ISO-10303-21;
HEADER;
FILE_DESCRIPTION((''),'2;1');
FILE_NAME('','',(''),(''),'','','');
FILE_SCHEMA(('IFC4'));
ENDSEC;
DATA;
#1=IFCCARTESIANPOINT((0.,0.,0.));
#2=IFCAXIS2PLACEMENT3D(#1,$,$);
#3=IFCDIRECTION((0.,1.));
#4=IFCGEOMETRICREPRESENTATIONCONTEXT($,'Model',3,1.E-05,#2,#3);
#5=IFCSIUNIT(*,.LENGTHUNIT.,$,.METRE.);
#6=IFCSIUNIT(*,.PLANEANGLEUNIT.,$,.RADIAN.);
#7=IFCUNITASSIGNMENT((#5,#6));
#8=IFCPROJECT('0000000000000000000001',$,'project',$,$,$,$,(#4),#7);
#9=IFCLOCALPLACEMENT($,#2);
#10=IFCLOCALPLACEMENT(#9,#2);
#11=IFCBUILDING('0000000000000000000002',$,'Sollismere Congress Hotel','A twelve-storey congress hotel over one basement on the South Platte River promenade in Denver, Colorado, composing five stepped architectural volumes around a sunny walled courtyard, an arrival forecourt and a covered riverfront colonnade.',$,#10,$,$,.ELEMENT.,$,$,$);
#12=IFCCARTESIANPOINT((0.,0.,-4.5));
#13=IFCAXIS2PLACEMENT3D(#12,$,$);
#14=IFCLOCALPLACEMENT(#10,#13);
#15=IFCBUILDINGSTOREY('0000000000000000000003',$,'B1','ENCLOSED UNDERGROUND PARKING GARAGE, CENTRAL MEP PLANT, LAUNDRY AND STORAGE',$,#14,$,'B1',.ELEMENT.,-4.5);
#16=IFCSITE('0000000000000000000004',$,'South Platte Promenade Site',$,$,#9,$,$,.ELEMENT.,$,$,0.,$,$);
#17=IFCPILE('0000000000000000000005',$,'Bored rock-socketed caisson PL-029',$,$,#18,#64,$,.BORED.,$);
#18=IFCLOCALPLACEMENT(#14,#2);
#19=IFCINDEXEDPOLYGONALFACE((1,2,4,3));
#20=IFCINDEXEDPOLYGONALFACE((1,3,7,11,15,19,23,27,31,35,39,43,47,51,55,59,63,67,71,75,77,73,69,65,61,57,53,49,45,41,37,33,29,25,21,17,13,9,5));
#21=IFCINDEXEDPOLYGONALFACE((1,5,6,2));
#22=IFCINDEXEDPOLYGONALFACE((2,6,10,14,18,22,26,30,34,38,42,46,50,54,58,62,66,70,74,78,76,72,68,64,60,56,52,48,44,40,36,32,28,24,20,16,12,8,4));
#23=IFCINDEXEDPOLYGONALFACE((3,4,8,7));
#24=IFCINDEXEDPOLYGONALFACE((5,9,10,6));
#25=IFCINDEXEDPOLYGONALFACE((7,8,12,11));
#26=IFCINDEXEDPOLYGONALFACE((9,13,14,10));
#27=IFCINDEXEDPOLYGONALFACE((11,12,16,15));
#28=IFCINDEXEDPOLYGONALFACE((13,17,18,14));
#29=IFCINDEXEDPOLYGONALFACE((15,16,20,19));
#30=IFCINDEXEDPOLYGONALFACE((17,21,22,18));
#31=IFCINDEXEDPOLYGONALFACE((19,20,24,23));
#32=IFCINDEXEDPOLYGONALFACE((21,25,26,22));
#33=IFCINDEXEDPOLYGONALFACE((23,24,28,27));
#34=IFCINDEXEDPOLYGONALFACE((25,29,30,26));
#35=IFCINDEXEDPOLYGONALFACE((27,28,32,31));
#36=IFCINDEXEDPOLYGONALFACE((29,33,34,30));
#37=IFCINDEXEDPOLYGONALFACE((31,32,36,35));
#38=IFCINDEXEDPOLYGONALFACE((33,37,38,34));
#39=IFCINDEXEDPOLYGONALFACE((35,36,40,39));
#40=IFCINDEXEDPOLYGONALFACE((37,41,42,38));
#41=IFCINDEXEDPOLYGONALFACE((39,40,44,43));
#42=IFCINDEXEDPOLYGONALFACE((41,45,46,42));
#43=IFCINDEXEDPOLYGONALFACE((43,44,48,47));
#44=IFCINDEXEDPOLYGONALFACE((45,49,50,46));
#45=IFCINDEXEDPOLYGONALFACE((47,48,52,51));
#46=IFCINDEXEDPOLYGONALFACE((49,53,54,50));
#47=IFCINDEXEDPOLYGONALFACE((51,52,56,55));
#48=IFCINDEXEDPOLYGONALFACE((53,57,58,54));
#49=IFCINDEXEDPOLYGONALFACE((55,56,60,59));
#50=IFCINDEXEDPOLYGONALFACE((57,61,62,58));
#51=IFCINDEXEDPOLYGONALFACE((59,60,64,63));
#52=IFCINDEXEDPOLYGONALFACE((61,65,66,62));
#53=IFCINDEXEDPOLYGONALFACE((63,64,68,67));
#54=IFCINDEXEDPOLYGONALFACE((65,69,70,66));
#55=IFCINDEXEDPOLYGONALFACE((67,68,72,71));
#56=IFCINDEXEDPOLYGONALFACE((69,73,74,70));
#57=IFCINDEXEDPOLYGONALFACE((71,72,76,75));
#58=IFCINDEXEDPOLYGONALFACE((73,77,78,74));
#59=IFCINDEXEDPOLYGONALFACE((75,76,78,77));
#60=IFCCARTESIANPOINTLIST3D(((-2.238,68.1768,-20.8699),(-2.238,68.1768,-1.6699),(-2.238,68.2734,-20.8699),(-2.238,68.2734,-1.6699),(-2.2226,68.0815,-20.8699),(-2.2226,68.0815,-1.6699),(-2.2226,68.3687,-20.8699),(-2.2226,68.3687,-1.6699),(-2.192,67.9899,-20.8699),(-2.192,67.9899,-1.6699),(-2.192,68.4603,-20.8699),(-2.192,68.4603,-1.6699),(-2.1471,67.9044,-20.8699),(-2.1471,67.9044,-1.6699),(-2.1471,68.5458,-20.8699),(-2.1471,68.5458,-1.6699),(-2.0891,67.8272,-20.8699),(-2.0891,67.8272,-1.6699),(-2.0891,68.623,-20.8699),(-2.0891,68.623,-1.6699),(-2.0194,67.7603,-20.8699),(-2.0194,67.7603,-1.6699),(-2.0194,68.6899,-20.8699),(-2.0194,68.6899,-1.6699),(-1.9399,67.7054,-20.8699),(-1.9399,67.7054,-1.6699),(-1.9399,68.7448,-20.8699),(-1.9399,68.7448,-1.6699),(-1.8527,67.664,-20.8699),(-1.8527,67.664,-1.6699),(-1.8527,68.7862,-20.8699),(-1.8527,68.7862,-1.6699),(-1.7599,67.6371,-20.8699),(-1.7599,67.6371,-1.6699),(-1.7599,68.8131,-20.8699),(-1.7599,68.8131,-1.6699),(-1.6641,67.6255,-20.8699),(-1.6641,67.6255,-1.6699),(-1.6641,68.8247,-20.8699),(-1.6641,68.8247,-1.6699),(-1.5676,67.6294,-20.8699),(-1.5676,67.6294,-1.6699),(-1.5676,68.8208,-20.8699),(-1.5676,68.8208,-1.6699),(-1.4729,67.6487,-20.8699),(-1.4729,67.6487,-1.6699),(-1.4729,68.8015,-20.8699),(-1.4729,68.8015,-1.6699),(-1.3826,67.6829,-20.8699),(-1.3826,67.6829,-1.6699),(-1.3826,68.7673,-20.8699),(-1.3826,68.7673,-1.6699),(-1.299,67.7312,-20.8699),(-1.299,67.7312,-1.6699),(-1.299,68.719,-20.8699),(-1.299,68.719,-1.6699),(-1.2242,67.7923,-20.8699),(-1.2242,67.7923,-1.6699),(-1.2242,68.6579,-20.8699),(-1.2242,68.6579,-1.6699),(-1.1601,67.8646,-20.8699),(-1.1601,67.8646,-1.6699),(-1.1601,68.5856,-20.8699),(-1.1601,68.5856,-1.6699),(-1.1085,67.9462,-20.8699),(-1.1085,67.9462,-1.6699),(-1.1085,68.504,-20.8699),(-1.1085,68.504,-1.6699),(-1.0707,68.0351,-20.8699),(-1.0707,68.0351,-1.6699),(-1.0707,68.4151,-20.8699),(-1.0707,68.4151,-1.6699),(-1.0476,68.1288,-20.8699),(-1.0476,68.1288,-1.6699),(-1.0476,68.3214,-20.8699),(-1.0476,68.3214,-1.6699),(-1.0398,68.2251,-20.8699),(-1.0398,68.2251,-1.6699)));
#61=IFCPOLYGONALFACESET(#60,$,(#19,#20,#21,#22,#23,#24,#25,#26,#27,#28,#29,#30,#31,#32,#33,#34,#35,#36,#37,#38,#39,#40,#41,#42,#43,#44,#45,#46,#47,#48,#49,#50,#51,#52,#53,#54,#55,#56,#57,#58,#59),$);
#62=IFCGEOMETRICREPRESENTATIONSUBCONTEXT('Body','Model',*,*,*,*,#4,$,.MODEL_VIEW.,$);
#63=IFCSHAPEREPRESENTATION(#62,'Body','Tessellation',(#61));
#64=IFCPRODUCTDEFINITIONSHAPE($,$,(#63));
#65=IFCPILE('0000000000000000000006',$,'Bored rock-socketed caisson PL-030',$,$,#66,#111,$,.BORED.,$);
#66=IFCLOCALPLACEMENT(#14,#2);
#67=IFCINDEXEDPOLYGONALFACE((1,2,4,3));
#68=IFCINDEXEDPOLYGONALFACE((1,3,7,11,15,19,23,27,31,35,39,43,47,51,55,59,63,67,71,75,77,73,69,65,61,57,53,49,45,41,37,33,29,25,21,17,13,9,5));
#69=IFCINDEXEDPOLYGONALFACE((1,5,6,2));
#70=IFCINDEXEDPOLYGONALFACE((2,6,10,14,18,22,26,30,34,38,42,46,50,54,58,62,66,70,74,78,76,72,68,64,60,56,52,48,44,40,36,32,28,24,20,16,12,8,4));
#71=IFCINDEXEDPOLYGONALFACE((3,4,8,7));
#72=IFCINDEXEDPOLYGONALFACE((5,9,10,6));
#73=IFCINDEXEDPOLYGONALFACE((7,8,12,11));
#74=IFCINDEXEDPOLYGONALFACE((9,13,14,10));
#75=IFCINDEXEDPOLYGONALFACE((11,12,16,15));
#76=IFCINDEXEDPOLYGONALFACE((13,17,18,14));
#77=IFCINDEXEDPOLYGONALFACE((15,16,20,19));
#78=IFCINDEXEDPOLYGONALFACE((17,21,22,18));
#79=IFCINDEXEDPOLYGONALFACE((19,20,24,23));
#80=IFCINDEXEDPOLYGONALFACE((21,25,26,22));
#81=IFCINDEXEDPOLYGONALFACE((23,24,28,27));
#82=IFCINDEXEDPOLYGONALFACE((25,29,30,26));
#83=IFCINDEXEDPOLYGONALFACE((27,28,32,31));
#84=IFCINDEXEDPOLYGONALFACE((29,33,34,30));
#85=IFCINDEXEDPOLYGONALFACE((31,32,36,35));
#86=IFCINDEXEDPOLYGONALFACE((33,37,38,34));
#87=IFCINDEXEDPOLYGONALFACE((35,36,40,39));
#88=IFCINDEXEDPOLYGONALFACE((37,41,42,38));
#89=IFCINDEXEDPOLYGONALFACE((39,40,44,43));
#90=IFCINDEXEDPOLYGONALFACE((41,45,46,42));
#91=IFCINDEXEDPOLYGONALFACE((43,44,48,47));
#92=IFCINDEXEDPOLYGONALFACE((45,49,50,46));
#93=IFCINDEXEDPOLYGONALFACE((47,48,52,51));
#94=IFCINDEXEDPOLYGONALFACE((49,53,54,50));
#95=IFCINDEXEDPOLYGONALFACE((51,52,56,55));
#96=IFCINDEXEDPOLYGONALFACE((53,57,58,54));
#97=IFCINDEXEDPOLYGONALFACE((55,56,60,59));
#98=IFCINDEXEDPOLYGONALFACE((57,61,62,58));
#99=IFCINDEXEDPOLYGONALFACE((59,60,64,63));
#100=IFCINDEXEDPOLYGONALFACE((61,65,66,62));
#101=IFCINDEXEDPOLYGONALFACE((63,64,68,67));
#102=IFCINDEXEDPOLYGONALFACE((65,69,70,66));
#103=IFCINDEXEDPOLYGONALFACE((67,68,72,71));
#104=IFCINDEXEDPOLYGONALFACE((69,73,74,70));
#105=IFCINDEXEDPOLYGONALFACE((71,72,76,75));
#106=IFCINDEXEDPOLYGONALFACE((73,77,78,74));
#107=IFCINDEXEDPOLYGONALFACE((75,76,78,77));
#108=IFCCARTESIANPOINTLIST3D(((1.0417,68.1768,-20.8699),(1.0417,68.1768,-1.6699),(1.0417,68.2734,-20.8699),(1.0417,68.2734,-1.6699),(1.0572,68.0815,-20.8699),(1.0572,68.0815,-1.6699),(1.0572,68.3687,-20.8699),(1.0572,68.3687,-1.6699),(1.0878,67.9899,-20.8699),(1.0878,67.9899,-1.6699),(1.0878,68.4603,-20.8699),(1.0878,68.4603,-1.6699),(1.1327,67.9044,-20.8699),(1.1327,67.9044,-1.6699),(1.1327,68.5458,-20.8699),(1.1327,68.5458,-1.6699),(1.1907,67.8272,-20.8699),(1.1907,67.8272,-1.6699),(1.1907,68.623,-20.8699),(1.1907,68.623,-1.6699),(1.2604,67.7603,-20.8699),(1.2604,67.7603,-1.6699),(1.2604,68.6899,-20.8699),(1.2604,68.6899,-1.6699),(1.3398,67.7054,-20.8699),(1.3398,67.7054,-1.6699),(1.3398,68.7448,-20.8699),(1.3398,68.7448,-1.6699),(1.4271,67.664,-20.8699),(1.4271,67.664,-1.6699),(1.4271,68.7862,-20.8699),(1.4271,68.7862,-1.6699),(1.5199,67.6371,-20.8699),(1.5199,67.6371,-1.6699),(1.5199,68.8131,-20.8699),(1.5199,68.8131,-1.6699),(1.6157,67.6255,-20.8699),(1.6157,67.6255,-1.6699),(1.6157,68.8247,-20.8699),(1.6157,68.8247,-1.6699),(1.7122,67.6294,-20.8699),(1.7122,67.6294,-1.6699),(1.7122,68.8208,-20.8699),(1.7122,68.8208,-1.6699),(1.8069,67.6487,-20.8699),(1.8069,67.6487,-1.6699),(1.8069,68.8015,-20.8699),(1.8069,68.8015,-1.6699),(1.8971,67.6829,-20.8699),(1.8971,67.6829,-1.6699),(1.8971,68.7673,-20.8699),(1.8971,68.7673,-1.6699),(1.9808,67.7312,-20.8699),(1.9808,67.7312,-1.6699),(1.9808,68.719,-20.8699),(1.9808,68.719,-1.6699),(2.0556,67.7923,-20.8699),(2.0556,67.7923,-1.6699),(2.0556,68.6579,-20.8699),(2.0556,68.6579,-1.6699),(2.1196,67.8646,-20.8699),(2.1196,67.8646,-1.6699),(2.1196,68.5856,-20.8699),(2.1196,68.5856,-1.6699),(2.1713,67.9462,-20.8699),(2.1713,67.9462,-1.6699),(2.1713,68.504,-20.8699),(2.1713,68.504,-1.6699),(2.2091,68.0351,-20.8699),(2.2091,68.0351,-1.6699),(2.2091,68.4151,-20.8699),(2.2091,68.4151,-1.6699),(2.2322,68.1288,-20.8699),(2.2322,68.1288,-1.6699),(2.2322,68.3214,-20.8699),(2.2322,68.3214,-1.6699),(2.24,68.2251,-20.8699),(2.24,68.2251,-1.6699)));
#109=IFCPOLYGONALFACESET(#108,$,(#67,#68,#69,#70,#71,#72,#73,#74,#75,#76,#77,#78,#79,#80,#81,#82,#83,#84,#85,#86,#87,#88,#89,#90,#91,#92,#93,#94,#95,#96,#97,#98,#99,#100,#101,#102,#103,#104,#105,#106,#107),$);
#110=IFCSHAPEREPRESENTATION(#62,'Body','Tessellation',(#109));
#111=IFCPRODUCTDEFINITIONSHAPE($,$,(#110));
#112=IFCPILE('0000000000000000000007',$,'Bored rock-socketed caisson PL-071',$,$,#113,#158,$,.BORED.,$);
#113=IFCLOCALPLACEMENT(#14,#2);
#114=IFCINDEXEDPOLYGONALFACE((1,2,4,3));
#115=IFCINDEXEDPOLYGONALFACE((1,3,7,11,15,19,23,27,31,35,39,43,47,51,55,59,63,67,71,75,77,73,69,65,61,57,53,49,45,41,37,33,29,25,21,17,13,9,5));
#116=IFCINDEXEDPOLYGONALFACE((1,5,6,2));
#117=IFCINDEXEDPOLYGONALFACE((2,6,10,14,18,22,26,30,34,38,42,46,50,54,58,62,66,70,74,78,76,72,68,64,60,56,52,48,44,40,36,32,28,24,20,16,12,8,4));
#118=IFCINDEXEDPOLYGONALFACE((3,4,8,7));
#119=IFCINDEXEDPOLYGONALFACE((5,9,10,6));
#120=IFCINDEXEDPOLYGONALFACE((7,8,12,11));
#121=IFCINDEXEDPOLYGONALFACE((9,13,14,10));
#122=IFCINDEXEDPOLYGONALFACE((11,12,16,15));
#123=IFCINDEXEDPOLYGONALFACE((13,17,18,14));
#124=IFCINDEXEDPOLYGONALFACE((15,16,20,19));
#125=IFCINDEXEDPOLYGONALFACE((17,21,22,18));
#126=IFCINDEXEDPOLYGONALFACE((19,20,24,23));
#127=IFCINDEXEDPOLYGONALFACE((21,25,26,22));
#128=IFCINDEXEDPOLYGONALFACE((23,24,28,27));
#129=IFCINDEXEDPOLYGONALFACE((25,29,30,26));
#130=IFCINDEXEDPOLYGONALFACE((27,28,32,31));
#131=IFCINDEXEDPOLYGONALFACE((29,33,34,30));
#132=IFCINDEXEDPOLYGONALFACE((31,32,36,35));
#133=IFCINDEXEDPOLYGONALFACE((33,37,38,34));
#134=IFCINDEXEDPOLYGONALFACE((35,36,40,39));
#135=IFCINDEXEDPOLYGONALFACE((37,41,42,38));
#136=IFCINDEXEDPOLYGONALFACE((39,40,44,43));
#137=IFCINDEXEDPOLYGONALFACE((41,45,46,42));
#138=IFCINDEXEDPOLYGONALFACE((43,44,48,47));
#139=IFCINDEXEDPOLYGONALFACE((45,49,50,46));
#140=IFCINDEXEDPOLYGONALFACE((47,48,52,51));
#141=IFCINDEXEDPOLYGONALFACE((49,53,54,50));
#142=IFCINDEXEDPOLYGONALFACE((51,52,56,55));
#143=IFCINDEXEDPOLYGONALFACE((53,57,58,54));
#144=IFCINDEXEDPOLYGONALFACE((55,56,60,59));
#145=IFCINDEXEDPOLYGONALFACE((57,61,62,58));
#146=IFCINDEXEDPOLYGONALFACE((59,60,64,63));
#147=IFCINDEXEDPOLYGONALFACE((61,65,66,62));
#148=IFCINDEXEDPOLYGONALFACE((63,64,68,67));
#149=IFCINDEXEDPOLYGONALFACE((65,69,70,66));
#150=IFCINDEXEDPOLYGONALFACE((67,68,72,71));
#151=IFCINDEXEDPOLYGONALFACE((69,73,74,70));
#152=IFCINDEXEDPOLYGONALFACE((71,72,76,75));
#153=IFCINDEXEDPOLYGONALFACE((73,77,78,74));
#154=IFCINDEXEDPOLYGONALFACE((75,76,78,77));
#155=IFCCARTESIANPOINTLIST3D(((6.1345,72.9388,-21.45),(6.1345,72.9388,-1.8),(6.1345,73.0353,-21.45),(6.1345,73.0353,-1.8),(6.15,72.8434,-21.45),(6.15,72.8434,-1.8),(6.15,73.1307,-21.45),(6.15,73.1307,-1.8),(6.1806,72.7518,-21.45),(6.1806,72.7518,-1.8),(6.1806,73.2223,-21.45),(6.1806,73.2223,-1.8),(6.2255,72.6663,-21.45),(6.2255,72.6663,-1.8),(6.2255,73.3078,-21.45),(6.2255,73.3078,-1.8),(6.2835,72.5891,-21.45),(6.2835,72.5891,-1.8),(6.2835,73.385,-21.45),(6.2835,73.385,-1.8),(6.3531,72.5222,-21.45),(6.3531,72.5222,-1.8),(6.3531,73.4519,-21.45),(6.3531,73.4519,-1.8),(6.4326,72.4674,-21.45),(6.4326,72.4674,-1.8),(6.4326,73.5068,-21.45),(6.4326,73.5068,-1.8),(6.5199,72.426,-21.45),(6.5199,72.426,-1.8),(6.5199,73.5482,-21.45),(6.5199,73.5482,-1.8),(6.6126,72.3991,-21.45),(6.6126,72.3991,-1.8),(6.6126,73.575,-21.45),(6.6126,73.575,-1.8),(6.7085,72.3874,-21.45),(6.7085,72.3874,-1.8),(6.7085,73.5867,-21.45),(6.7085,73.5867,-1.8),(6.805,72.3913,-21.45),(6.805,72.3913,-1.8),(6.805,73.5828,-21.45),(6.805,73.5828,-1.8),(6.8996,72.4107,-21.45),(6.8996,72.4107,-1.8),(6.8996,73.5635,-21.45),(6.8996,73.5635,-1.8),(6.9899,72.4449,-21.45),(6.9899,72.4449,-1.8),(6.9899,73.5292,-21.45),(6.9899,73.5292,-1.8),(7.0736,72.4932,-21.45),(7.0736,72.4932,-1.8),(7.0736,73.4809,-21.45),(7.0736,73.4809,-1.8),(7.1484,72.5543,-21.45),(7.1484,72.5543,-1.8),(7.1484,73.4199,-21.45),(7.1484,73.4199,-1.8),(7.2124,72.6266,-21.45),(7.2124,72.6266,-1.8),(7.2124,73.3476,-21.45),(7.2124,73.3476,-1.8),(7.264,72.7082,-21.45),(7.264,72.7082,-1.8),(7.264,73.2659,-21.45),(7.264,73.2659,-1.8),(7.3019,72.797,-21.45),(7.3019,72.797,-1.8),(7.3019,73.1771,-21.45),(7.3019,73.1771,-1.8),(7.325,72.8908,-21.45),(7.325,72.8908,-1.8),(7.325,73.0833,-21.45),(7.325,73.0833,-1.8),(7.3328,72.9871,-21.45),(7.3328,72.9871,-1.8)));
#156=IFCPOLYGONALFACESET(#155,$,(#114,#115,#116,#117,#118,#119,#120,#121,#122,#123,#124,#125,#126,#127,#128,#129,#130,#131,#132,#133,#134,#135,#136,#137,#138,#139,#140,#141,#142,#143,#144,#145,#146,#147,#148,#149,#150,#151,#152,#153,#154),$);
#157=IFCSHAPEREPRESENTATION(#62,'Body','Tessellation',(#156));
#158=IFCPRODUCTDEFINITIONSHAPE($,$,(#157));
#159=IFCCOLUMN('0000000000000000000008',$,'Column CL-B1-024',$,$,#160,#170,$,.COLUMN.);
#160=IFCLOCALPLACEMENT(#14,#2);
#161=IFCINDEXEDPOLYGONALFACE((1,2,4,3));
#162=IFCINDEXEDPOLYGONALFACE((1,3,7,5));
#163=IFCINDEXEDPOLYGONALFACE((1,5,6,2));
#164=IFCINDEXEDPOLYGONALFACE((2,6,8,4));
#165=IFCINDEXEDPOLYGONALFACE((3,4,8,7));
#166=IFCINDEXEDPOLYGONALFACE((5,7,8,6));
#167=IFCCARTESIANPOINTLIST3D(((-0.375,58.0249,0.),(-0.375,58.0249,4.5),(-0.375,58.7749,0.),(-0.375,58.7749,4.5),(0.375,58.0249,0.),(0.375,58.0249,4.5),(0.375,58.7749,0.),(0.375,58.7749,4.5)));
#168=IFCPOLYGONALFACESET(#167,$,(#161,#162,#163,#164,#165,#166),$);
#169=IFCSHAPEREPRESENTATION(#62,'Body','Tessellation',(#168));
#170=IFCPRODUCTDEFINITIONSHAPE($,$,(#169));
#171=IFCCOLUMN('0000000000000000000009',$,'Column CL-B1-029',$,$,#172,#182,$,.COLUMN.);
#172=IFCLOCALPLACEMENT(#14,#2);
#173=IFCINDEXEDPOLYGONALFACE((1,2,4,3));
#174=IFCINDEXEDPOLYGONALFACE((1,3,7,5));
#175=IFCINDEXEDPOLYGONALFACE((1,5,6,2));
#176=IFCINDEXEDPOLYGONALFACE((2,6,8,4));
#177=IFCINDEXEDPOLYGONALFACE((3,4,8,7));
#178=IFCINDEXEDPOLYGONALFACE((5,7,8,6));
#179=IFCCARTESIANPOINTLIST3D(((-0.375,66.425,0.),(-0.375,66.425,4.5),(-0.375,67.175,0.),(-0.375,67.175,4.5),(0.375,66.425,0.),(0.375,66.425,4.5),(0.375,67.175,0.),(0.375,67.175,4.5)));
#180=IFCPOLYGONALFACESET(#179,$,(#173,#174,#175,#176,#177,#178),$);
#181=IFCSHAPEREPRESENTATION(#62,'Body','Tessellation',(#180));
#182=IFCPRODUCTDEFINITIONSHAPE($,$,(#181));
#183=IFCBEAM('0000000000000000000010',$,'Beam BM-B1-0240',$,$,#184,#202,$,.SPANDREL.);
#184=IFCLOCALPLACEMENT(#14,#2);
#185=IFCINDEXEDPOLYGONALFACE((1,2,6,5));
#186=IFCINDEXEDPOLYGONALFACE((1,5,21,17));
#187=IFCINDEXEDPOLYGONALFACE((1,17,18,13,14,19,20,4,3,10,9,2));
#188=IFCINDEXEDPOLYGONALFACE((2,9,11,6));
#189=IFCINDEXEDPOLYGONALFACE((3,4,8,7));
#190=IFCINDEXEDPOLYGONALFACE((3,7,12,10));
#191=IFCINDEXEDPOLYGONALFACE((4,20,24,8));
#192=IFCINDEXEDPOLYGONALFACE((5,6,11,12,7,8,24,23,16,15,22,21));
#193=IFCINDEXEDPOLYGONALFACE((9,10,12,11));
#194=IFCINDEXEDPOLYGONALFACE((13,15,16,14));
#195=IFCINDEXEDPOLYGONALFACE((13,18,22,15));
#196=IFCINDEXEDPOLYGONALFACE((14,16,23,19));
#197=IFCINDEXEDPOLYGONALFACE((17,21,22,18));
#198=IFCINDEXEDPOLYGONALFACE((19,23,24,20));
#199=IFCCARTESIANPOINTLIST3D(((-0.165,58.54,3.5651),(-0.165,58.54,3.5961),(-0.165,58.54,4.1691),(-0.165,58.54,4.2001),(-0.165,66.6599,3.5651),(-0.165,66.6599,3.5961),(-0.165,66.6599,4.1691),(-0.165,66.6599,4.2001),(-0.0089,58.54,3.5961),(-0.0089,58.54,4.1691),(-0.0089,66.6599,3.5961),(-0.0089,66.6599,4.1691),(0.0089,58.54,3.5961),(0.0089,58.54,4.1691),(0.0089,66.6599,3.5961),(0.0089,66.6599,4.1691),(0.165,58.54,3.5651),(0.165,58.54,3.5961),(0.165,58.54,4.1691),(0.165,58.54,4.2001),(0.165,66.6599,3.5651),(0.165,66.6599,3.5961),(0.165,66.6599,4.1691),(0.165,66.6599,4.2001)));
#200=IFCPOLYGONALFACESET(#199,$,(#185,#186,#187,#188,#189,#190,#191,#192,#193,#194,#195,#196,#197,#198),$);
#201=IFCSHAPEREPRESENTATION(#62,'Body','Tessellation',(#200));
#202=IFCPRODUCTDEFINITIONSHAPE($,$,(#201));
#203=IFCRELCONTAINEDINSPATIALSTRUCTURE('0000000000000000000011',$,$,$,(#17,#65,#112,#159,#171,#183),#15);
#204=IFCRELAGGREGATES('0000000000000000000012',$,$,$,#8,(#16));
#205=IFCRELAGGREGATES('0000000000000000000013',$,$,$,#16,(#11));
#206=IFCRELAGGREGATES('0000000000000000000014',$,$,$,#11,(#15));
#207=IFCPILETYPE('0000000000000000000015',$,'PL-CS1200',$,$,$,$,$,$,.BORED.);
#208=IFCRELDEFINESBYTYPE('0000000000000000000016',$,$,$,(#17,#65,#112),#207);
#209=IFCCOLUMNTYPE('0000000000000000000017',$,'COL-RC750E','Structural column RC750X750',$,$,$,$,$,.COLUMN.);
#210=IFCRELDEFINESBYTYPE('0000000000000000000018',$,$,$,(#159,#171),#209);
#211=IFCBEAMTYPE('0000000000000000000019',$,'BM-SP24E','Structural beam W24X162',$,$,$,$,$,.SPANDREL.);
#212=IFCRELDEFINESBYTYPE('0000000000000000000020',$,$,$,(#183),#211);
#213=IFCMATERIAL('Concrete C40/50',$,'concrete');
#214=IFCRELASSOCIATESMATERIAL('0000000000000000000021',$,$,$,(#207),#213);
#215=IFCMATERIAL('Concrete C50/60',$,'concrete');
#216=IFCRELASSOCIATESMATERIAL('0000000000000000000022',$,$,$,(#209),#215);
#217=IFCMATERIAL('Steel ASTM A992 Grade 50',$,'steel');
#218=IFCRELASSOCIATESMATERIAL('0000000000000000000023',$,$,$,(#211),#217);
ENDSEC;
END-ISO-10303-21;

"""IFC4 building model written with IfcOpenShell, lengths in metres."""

from ifc_helpers import new_model, si_unit, direction, frame, origin, origin_2d, place, context, subcontext, project, spatial, rectangle, circle, i_section, extrude, material, material_profile, profile_set, type_object, element, save


model = new_model("IFC4")

# Units and contexts
model_context = context("Model", 3, precision=1e-05, world=origin(), true_north=direction((0.0, 1.0)))
body_context = subcontext(model_context, "Body", "Model", "MODEL_VIEW")
ifc_project = project(units=[si_unit("LENGTHUNIT", "METRE"), si_unit("PLANEANGLEUNIT", "RADIAN")], contexts=[model_context])

# Site, building, storey
site_placement = place(None, origin())
site = spatial("IfcSite", under=ifc_project, at=site_placement, Name="South Platte Promenade Site", CompositionType="ELEMENT", RefElevation=0.0)
building_placement = place(site_placement, origin())
building = spatial("IfcBuilding", under=site, at=building_placement, Name="Sollismere Congress Hotel", Description="A twelve-storey congress hotel over one basement on the South Platte River promenade in Denver, Colorado, composing five stepped architectural volumes around a sunny walled courtyard, an arrival forecourt and a covered riverfront colonnade.", CompositionType="ELEMENT")
storey_placement = place(building_placement, frame((0.0, 0.0, -4.5)))
storey = spatial("IfcBuildingStorey", under=building, at=storey_placement, Name="B1", Description="ENCLOSED UNDERGROUND PARKING GARAGE, CENTRAL MEP PLANT, LAUNDRY AND STORAGE", LongName="B1", CompositionType="ELEMENT", Elevation=-4.5)

# Shared definitions
ifc_material_1 = material(Name="Concrete C40/50", Category="concrete")

# Piles
ifc_material_profile_1 = material_profile(ifc_material_1, circle(Radius=0.6001, at=origin_2d()), Name="CAISSON1200")
ifc_profile_set_1 = profile_set([ifc_material_profile_1], Name="Concrete C40/50")
pile_type = type_object("IfcPileType", Name="PL-CS1200", PredefinedType="BORED", material=ifc_profile_set_1)
for number, where, z_axis, x_axis, name in (
    (1, (-1.6399, 68.2251, -1.6699), (0.0, 0.0, -1.0), (1.0, 0.0, 0.0), "Bored rock-socketed caisson PL-029"),
    (2, (1.6399, 68.2251, -1.6699), (0.0, 0.0, -1.0), (1.0, 0.0, 0.0), "Bored rock-socketed caisson PL-030"),
):
    element("IfcPile", number, at=place(storey_placement, frame(where, z_axis=z_axis, x_axis=x_axis)), inside=storey, type_object=pile_type, Name=name, PredefinedType="BORED", context=body_context, shape_type="SweptSolid", body=[
        extrude(circle(Radius=0.6001, at=origin_2d()), origin(), (0.0, 0.0, 1.0), 19.2),
    ])
pile_placement = place(storey_placement, frame((6.7327, 72.9871, -1.8), z_axis=(0.0, 0.0, -1.0), x_axis=(1.0, 0.0, 0.0)))
element("IfcPile", 3, at=pile_placement, inside=storey, type_object=pile_type, Name="Bored rock-socketed caisson PL-071", PredefinedType="BORED", context=body_context, shape_type="SweptSolid", body=[
    extrude(circle(Radius=0.6001, at=origin_2d()), origin(), (0.0, 0.0, 1.0), 19.6499),
])

# Columns
ifc_material_2 = material(Name="Concrete C50/60", Category="concrete")
ifc_material_profile_2 = material_profile(ifc_material_2, rectangle(XDim=0.75, YDim=0.75, at=origin_2d()), Name="RC750X750")
ifc_profile_set_2 = profile_set([ifc_material_profile_2], Name="Concrete C50/60")
column_type = type_object("IfcColumnType", Name="COL-RC750E", Description="Structural column RC750X750", PredefinedType="COLUMN", material=ifc_profile_set_2)
for number, where, z_axis, x_axis, name in (
    (4, (0.0, 58.3999, 0.0), (0.0, 0.0, 1.0), (1.0, 0.0, 0.0), "Column CL-B1-024"),
    (5, (0.0, 66.8, 0.0), (0.0, 0.0, 1.0), (1.0, 0.0, 0.0), "Column CL-B1-029"),
):
    element("IfcColumn", number, at=place(storey_placement, frame(where, z_axis=z_axis, x_axis=x_axis)), inside=storey, type_object=column_type, Name=name, PredefinedType="COLUMN", context=body_context, shape_type="SweptSolid", body=[
        extrude(rectangle(XDim=0.75, YDim=0.75, at=origin_2d()), origin(), (0.0, 0.0, 1.0), 4.5),
    ])

# Beam
ifc_material_3 = material(Name="Steel ASTM A992 Grade 50", Category="steel")
ifc_material_profile_3 = material_profile(ifc_material_3, i_section(OverallWidth=0.3301, OverallDepth=0.635, WebThickness=0.0178, FlangeThickness=0.031, at=origin_2d()), Name="W24X162")
ifc_profile_set_3 = profile_set([ifc_material_profile_3], Name="Steel ASTM A992 Grade 50")
beam_type = type_object("IfcBeamType", Name="BM-SP24E", Description="Structural beam W24X162", PredefinedType="SPANDREL", material=ifc_profile_set_3)
beam_1_placement = place(storey_placement, frame((0.0, 58.54, 3.8826), z_axis=(0.0, 1.0, 0.0), x_axis=(-1.0, 0.0, 0.0)))
element("IfcBeam", 6, at=beam_1_placement, inside=storey, type_object=beam_type, Name="Beam BM-B1-0240", PredefinedType="SPANDREL", context=body_context, shape_type="SweptSolid", body=[
    extrude(i_section(OverallWidth=0.3301, OverallDepth=0.635, WebThickness=0.0178, FlangeThickness=0.031, at=origin_2d()), origin(), (0.0, 0.0, 1.0), 8.1199),
])

save(model, "model.ifc")
